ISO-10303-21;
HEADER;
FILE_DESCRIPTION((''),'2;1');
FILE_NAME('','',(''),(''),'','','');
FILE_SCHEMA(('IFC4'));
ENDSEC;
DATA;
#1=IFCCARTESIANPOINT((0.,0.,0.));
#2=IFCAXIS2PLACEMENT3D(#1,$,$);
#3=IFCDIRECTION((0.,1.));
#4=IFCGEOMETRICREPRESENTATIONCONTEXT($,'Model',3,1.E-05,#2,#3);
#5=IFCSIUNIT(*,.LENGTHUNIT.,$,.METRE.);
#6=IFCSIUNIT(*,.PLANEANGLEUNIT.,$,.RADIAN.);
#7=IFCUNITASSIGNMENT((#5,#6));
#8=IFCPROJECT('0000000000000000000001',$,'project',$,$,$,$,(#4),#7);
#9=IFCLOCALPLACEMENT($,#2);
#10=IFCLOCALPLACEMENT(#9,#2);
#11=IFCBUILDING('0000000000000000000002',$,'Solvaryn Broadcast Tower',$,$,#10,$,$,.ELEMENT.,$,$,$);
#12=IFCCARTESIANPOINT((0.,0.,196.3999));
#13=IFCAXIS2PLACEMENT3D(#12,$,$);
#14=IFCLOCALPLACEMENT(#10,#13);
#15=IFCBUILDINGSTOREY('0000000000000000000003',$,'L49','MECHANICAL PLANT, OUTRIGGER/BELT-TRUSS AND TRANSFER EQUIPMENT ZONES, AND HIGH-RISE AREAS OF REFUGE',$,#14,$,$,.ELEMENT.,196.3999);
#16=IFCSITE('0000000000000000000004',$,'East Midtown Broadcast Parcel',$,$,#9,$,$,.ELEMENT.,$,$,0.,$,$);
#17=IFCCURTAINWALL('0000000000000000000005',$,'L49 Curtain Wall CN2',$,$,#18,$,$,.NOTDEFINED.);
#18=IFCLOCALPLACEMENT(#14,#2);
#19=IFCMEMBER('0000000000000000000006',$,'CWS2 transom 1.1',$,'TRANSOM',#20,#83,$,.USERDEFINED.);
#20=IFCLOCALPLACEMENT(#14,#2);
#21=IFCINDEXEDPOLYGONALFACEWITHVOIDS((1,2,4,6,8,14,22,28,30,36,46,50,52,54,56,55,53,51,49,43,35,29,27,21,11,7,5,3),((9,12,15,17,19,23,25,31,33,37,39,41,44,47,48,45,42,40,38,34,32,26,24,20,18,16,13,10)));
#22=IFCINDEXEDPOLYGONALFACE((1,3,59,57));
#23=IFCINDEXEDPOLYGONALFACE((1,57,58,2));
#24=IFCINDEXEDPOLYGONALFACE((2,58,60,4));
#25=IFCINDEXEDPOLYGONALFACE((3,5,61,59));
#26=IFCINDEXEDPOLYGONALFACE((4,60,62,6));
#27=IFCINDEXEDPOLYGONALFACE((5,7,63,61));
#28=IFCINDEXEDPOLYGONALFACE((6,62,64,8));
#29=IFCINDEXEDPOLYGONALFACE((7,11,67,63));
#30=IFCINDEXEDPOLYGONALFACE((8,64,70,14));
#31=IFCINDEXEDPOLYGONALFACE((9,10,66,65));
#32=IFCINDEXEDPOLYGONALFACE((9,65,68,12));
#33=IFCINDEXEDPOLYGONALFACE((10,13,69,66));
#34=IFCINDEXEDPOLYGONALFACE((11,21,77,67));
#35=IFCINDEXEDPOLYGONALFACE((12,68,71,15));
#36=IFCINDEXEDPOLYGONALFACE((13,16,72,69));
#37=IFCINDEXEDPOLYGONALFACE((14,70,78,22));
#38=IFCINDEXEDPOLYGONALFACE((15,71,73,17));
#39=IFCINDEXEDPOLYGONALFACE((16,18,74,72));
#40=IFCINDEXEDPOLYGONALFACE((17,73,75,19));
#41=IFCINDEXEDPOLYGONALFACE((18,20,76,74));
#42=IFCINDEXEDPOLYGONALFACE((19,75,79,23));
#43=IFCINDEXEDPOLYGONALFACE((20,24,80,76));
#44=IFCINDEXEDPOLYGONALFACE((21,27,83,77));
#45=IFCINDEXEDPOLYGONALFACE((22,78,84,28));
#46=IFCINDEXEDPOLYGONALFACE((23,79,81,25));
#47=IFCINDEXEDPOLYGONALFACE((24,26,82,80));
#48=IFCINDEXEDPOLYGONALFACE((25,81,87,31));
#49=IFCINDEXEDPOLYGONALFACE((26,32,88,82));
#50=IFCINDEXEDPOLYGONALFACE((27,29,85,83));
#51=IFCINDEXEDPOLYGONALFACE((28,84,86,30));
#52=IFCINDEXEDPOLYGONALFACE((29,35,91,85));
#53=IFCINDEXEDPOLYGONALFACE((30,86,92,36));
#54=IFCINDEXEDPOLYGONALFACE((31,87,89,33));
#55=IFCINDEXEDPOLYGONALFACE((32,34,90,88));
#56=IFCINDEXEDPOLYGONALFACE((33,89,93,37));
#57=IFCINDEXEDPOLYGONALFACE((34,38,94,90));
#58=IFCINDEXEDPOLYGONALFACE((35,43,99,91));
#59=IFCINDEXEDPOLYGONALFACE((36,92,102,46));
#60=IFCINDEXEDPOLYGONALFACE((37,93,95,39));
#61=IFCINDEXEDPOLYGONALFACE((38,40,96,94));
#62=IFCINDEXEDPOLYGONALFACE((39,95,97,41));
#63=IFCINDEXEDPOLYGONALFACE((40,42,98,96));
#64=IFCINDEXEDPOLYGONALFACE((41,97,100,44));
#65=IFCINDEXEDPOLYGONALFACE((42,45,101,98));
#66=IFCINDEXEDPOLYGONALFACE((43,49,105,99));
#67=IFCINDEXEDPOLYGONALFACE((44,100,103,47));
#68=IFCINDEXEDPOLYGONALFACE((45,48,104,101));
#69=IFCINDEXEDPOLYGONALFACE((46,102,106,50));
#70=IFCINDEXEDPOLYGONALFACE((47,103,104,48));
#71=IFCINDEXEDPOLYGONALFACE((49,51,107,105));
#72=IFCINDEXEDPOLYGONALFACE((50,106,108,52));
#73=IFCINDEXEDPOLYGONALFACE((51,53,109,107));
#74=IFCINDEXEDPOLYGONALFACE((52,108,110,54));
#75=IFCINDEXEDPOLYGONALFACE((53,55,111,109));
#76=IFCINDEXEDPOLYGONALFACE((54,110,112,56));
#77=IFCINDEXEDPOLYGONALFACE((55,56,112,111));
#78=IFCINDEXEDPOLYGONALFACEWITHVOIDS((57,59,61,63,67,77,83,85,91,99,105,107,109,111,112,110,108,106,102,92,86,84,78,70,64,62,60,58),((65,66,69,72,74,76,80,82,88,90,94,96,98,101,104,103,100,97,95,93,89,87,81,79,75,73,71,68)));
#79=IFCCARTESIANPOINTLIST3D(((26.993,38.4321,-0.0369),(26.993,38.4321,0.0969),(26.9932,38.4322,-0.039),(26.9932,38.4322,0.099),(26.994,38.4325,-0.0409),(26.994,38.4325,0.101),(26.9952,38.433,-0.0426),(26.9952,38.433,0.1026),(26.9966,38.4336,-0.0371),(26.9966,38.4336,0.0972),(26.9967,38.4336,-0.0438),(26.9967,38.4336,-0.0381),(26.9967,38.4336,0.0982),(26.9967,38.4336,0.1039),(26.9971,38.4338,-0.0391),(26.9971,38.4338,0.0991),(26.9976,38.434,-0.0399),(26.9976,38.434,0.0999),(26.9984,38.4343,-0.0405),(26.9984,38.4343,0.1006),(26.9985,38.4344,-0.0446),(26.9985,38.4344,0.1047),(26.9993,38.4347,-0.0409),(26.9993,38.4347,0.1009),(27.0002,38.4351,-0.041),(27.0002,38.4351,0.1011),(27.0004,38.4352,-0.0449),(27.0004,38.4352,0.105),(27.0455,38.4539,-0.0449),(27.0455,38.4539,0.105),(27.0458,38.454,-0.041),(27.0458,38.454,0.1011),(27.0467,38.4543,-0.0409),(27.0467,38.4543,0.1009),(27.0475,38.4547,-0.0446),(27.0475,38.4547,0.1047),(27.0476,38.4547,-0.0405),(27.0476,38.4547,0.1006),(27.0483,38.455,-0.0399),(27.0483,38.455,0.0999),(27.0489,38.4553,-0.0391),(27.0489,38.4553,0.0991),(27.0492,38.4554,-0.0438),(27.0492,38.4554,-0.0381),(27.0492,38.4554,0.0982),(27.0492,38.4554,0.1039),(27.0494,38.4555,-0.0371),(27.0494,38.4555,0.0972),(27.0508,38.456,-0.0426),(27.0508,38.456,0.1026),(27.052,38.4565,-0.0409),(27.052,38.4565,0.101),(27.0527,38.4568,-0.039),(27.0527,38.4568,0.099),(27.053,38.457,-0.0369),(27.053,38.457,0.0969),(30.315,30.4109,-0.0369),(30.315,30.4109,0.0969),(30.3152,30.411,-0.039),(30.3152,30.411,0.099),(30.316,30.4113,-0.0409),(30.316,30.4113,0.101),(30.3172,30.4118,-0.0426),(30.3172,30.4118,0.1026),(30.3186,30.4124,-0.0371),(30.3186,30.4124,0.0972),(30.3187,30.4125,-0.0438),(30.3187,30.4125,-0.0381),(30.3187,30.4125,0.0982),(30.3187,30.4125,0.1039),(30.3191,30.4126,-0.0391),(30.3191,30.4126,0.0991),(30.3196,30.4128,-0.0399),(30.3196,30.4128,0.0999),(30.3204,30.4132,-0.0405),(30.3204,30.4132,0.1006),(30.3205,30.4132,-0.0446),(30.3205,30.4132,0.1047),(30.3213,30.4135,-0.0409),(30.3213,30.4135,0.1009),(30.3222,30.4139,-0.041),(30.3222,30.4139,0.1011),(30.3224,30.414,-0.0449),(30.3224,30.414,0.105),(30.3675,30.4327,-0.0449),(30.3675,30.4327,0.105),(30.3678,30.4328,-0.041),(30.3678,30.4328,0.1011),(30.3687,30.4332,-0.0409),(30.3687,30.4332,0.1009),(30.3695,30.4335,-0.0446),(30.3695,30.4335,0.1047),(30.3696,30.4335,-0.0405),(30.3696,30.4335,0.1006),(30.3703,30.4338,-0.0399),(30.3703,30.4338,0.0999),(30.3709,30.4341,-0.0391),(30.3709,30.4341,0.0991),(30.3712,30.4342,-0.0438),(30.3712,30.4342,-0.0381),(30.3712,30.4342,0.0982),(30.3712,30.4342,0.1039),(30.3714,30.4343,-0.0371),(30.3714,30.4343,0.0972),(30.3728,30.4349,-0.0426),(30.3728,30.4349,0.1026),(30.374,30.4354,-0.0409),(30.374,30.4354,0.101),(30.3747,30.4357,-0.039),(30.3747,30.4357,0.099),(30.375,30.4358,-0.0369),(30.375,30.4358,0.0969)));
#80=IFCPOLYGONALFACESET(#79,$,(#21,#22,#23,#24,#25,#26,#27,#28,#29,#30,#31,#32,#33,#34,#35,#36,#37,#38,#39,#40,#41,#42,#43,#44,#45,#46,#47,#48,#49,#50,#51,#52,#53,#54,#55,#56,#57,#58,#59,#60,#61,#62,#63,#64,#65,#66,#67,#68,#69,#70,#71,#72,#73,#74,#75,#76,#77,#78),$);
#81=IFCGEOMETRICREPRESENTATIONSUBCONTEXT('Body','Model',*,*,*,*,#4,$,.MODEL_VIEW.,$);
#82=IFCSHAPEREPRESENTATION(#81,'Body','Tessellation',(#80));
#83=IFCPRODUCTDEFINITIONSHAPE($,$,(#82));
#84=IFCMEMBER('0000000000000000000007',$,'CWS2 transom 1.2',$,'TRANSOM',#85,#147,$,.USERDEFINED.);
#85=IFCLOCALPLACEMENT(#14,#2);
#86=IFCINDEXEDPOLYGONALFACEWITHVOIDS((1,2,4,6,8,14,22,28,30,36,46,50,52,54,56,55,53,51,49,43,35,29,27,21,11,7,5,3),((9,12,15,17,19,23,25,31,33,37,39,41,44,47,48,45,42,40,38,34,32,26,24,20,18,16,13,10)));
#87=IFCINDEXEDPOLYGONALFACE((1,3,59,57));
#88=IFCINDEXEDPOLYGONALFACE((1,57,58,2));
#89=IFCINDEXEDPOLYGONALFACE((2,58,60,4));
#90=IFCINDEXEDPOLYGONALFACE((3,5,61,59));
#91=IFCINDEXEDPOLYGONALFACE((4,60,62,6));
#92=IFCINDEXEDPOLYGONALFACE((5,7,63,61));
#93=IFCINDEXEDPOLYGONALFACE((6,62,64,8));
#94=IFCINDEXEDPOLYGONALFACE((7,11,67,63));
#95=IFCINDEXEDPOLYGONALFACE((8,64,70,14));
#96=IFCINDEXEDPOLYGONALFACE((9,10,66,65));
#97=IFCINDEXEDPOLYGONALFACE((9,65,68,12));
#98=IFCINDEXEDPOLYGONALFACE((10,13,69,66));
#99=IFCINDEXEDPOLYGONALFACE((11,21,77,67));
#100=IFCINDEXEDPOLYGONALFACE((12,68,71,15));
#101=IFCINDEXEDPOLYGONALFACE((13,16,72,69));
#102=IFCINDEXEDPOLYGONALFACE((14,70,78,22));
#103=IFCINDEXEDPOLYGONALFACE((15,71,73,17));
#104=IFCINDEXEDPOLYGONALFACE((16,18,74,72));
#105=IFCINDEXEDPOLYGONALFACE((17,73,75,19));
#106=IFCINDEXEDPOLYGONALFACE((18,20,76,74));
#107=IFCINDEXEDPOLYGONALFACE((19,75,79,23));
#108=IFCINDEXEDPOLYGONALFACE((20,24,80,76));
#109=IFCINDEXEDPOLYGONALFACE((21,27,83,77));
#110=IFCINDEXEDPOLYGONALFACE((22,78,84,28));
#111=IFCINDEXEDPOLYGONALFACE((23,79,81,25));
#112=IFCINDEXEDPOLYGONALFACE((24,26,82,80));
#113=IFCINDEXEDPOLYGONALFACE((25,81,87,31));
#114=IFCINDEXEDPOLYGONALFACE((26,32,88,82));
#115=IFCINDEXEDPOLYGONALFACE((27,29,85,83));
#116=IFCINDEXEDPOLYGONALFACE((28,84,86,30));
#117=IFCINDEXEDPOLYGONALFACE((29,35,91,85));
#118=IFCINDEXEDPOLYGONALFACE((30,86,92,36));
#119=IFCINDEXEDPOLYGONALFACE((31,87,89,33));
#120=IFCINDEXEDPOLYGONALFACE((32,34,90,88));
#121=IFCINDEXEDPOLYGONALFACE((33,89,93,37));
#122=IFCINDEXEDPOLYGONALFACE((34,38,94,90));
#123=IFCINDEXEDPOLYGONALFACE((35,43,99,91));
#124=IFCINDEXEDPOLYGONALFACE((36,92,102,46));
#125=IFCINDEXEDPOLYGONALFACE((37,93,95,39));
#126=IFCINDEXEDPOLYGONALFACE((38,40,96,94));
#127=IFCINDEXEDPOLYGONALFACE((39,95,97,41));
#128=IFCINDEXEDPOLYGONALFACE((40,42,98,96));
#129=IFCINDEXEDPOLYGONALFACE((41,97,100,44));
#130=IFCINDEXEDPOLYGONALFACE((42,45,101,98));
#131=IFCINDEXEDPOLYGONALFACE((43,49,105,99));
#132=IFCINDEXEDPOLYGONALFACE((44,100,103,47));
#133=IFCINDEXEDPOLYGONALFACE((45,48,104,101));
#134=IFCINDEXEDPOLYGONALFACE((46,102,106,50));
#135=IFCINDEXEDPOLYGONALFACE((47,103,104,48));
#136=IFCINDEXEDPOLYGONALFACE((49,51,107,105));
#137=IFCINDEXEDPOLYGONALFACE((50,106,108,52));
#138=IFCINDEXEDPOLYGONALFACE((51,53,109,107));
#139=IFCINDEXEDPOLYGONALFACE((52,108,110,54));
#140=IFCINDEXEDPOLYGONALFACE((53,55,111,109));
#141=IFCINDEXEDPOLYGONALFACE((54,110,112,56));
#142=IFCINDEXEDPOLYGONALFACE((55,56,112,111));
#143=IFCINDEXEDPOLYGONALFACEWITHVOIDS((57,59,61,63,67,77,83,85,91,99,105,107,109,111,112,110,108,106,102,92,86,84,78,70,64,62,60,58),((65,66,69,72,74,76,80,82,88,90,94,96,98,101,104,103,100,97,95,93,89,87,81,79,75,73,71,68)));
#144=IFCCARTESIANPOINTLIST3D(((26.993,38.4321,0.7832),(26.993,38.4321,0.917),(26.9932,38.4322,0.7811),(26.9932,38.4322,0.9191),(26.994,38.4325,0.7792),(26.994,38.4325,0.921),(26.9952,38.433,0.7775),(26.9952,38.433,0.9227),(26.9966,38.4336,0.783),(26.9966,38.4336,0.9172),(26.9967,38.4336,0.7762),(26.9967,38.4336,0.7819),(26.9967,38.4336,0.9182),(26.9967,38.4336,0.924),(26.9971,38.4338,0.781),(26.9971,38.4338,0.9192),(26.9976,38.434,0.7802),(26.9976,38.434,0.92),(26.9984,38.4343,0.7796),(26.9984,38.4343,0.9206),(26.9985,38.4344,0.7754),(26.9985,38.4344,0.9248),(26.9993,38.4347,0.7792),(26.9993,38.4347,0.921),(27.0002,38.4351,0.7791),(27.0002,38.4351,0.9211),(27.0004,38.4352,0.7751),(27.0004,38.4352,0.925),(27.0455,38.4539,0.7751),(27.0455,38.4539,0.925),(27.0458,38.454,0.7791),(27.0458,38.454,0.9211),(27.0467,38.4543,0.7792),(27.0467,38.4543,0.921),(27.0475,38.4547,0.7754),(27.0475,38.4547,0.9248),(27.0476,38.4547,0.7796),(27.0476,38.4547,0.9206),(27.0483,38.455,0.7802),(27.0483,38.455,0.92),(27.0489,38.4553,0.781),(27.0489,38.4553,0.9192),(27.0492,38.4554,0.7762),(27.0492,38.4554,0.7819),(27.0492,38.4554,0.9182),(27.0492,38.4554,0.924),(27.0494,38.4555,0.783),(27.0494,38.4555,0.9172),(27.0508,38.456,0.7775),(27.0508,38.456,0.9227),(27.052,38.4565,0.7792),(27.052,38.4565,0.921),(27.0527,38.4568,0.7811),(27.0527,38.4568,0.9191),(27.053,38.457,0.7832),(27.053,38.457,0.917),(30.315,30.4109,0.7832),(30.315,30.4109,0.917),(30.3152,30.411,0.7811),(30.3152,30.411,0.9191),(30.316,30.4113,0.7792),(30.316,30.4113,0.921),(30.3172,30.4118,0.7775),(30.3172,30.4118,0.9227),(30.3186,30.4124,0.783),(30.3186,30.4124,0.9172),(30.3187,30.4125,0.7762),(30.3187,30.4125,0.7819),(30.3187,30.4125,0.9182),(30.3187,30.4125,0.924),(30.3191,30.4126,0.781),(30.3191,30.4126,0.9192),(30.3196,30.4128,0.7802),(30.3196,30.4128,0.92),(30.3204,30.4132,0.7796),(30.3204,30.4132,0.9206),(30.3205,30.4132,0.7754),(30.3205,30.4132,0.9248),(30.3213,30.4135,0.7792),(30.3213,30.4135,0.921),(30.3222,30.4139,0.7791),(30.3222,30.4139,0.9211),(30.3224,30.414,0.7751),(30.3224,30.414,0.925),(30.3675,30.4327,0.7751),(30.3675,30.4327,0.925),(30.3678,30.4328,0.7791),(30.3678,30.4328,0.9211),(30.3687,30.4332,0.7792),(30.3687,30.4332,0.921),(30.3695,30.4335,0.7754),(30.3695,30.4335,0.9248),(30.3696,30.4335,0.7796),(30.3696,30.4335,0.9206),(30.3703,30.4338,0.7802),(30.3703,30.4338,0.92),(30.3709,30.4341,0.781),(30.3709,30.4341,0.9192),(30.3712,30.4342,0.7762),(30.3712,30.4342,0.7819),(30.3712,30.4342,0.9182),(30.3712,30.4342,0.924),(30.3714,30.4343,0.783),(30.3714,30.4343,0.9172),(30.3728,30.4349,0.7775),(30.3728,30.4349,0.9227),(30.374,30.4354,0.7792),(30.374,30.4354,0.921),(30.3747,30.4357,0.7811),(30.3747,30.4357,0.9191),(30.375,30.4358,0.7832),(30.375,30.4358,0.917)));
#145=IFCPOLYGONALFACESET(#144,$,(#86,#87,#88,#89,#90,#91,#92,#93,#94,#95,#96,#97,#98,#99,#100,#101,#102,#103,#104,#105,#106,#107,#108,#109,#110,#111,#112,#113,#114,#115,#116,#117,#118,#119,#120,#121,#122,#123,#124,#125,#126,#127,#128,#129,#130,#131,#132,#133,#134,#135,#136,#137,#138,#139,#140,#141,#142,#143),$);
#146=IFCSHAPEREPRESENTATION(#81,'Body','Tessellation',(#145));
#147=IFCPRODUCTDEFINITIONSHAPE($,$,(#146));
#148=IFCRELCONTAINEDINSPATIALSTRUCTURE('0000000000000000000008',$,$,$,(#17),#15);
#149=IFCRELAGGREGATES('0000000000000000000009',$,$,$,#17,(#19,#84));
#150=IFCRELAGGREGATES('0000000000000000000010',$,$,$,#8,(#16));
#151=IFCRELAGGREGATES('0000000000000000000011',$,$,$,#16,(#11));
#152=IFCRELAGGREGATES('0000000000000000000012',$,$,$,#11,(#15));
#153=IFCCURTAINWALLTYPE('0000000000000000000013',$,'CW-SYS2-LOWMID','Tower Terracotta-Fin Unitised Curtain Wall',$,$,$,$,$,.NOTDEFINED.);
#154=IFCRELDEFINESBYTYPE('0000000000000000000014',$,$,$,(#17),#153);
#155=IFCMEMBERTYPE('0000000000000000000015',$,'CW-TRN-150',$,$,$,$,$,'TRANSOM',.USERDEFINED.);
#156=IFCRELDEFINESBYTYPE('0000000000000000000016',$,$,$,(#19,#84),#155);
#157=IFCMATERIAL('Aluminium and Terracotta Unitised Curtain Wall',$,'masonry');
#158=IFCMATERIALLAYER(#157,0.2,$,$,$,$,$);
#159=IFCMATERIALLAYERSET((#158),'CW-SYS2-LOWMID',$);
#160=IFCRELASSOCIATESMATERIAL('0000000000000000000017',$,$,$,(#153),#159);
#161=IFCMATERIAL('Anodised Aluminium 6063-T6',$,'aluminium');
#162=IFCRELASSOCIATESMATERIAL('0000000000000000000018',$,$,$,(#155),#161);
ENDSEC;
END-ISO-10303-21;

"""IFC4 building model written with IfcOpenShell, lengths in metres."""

from ifc_helpers import new_model, si_unit, direction, frame, origin, origin_2d, place, context, subcontext, project, spatial, hollow_rectangle, extrude, material, layer, layer_set, material_profile, profile_set, type_object, element, aggregate, save


model = new_model("IFC4")

# Units and contexts
model_context = context("Model", 3, precision=1e-05, world=origin(), true_north=direction((0.0, 1.0)))
body_context = subcontext(model_context, "Body", "Model", "MODEL_VIEW")
ifc_project = project(units=[si_unit("LENGTHUNIT", "METRE"), si_unit("PLANEANGLEUNIT", "RADIAN")], contexts=[model_context])

# Site, building, storey
site_placement = place(None, origin())
site = spatial("IfcSite", under=ifc_project, at=site_placement, Name="East Midtown Broadcast Parcel", CompositionType="ELEMENT", RefElevation=0.0)
building_placement = place(site_placement, origin())
building = spatial("IfcBuilding", under=site, at=building_placement, Name="Solvaryn Broadcast Tower", CompositionType="ELEMENT")
storey_placement = place(building_placement, frame((0.0, 0.0, 196.3999)))
storey = spatial("IfcBuildingStorey", under=building, at=storey_placement, Name="L49", Description="MECHANICAL PLANT, OUTRIGGER/BELT-TRUSS AND TRANSFER EQUIPMENT ZONES, AND HIGH-RISE AREAS OF REFUGE", CompositionType="ELEMENT", Elevation=196.3999)

# Shared definitions
ifc_material_1 = material(Name="Aluminium and Terracotta Unitised Curtain Wall", Category="masonry")
ifc_layer_1 = layer(ifc_material_1, 0.2)
ifc_layer_set_1 = layer_set([ifc_layer_1], Name="CW-SYS2-LOWMID")
curtain_wall_type = type_object("IfcCurtainWallType", Name="CW-SYS2-LOWMID", Description="Tower Terracotta-Fin Unitised Curtain Wall", PredefinedType="NOTDEFINED", material=ifc_layer_set_1)

# Curtain wall
curtain_wall_1_placement = place(storey_placement, origin())
curtain_wall_1 = element("IfcCurtainWall", 1, at=curtain_wall_1_placement, inside=storey, type_object=curtain_wall_type, Name="L49 Curtain Wall CN2", PredefinedType="NOTDEFINED")

# Members
ifc_material_2 = material(Name="Anodised Aluminium 6063-T6", Category="aluminium")
ifc_material_profile_1 = material_profile(ifc_material_2, hollow_rectangle(XDim=0.0649, YDim=0.1499, WallThickness=0.0039, InnerFilletRadius=0.0039, OuterFilletRadius=0.0081, at=origin_2d()))
ifc_profile_set_1 = profile_set([ifc_material_profile_1], Name="Anodised Aluminium 6063-T6")
member_type_1 = type_object("IfcMemberType", Name="CW-TRN-150", ElementType="TRANSOM", PredefinedType="USERDEFINED", material=ifc_profile_set_1)
member_1_placement = place(storey_placement, frame((30.345, 30.4233, 0.03), z_axis=(-0.382636, 0.923899, 0.0), x_axis=(-0.923899, -0.382636, 0.0)))
member_1 = element("IfcMember", 2, at=member_1_placement, type_object=member_type_1, Name="CWS2 transom 1.1", ObjectType="TRANSOM", PredefinedType="USERDEFINED", context=body_context, shape_type="SweptSolid", body=[
    extrude(hollow_rectangle(XDim=0.0649, YDim=0.1499, WallThickness=0.0039, InnerFilletRadius=0.0039, OuterFilletRadius=0.0081, at=origin_2d()), origin(), (0.0, 0.0, 1.0), 8.6819),
])
member_2_placement = place(storey_placement, frame((30.345, 30.4233, 0.8501), z_axis=(-0.382636, 0.923899, 0.0), x_axis=(-0.923899, -0.382636, 0.0)))
member_2 = element("IfcMember", 3, at=member_2_placement, type_object=member_type_1, Name="CWS2 transom 1.2", ObjectType="TRANSOM", PredefinedType="USERDEFINED", context=body_context, shape_type="SweptSolid", body=[
    extrude(hollow_rectangle(XDim=0.0649, YDim=0.1499, WallThickness=0.0039, InnerFilletRadius=0.0039, OuterFilletRadius=0.0081, at=origin_2d()), origin(), (0.0, 0.0, 1.0), 8.6819),
])

aggregate(curtain_wall_1, [member_1, member_2])

save(model, "model.ifc")
